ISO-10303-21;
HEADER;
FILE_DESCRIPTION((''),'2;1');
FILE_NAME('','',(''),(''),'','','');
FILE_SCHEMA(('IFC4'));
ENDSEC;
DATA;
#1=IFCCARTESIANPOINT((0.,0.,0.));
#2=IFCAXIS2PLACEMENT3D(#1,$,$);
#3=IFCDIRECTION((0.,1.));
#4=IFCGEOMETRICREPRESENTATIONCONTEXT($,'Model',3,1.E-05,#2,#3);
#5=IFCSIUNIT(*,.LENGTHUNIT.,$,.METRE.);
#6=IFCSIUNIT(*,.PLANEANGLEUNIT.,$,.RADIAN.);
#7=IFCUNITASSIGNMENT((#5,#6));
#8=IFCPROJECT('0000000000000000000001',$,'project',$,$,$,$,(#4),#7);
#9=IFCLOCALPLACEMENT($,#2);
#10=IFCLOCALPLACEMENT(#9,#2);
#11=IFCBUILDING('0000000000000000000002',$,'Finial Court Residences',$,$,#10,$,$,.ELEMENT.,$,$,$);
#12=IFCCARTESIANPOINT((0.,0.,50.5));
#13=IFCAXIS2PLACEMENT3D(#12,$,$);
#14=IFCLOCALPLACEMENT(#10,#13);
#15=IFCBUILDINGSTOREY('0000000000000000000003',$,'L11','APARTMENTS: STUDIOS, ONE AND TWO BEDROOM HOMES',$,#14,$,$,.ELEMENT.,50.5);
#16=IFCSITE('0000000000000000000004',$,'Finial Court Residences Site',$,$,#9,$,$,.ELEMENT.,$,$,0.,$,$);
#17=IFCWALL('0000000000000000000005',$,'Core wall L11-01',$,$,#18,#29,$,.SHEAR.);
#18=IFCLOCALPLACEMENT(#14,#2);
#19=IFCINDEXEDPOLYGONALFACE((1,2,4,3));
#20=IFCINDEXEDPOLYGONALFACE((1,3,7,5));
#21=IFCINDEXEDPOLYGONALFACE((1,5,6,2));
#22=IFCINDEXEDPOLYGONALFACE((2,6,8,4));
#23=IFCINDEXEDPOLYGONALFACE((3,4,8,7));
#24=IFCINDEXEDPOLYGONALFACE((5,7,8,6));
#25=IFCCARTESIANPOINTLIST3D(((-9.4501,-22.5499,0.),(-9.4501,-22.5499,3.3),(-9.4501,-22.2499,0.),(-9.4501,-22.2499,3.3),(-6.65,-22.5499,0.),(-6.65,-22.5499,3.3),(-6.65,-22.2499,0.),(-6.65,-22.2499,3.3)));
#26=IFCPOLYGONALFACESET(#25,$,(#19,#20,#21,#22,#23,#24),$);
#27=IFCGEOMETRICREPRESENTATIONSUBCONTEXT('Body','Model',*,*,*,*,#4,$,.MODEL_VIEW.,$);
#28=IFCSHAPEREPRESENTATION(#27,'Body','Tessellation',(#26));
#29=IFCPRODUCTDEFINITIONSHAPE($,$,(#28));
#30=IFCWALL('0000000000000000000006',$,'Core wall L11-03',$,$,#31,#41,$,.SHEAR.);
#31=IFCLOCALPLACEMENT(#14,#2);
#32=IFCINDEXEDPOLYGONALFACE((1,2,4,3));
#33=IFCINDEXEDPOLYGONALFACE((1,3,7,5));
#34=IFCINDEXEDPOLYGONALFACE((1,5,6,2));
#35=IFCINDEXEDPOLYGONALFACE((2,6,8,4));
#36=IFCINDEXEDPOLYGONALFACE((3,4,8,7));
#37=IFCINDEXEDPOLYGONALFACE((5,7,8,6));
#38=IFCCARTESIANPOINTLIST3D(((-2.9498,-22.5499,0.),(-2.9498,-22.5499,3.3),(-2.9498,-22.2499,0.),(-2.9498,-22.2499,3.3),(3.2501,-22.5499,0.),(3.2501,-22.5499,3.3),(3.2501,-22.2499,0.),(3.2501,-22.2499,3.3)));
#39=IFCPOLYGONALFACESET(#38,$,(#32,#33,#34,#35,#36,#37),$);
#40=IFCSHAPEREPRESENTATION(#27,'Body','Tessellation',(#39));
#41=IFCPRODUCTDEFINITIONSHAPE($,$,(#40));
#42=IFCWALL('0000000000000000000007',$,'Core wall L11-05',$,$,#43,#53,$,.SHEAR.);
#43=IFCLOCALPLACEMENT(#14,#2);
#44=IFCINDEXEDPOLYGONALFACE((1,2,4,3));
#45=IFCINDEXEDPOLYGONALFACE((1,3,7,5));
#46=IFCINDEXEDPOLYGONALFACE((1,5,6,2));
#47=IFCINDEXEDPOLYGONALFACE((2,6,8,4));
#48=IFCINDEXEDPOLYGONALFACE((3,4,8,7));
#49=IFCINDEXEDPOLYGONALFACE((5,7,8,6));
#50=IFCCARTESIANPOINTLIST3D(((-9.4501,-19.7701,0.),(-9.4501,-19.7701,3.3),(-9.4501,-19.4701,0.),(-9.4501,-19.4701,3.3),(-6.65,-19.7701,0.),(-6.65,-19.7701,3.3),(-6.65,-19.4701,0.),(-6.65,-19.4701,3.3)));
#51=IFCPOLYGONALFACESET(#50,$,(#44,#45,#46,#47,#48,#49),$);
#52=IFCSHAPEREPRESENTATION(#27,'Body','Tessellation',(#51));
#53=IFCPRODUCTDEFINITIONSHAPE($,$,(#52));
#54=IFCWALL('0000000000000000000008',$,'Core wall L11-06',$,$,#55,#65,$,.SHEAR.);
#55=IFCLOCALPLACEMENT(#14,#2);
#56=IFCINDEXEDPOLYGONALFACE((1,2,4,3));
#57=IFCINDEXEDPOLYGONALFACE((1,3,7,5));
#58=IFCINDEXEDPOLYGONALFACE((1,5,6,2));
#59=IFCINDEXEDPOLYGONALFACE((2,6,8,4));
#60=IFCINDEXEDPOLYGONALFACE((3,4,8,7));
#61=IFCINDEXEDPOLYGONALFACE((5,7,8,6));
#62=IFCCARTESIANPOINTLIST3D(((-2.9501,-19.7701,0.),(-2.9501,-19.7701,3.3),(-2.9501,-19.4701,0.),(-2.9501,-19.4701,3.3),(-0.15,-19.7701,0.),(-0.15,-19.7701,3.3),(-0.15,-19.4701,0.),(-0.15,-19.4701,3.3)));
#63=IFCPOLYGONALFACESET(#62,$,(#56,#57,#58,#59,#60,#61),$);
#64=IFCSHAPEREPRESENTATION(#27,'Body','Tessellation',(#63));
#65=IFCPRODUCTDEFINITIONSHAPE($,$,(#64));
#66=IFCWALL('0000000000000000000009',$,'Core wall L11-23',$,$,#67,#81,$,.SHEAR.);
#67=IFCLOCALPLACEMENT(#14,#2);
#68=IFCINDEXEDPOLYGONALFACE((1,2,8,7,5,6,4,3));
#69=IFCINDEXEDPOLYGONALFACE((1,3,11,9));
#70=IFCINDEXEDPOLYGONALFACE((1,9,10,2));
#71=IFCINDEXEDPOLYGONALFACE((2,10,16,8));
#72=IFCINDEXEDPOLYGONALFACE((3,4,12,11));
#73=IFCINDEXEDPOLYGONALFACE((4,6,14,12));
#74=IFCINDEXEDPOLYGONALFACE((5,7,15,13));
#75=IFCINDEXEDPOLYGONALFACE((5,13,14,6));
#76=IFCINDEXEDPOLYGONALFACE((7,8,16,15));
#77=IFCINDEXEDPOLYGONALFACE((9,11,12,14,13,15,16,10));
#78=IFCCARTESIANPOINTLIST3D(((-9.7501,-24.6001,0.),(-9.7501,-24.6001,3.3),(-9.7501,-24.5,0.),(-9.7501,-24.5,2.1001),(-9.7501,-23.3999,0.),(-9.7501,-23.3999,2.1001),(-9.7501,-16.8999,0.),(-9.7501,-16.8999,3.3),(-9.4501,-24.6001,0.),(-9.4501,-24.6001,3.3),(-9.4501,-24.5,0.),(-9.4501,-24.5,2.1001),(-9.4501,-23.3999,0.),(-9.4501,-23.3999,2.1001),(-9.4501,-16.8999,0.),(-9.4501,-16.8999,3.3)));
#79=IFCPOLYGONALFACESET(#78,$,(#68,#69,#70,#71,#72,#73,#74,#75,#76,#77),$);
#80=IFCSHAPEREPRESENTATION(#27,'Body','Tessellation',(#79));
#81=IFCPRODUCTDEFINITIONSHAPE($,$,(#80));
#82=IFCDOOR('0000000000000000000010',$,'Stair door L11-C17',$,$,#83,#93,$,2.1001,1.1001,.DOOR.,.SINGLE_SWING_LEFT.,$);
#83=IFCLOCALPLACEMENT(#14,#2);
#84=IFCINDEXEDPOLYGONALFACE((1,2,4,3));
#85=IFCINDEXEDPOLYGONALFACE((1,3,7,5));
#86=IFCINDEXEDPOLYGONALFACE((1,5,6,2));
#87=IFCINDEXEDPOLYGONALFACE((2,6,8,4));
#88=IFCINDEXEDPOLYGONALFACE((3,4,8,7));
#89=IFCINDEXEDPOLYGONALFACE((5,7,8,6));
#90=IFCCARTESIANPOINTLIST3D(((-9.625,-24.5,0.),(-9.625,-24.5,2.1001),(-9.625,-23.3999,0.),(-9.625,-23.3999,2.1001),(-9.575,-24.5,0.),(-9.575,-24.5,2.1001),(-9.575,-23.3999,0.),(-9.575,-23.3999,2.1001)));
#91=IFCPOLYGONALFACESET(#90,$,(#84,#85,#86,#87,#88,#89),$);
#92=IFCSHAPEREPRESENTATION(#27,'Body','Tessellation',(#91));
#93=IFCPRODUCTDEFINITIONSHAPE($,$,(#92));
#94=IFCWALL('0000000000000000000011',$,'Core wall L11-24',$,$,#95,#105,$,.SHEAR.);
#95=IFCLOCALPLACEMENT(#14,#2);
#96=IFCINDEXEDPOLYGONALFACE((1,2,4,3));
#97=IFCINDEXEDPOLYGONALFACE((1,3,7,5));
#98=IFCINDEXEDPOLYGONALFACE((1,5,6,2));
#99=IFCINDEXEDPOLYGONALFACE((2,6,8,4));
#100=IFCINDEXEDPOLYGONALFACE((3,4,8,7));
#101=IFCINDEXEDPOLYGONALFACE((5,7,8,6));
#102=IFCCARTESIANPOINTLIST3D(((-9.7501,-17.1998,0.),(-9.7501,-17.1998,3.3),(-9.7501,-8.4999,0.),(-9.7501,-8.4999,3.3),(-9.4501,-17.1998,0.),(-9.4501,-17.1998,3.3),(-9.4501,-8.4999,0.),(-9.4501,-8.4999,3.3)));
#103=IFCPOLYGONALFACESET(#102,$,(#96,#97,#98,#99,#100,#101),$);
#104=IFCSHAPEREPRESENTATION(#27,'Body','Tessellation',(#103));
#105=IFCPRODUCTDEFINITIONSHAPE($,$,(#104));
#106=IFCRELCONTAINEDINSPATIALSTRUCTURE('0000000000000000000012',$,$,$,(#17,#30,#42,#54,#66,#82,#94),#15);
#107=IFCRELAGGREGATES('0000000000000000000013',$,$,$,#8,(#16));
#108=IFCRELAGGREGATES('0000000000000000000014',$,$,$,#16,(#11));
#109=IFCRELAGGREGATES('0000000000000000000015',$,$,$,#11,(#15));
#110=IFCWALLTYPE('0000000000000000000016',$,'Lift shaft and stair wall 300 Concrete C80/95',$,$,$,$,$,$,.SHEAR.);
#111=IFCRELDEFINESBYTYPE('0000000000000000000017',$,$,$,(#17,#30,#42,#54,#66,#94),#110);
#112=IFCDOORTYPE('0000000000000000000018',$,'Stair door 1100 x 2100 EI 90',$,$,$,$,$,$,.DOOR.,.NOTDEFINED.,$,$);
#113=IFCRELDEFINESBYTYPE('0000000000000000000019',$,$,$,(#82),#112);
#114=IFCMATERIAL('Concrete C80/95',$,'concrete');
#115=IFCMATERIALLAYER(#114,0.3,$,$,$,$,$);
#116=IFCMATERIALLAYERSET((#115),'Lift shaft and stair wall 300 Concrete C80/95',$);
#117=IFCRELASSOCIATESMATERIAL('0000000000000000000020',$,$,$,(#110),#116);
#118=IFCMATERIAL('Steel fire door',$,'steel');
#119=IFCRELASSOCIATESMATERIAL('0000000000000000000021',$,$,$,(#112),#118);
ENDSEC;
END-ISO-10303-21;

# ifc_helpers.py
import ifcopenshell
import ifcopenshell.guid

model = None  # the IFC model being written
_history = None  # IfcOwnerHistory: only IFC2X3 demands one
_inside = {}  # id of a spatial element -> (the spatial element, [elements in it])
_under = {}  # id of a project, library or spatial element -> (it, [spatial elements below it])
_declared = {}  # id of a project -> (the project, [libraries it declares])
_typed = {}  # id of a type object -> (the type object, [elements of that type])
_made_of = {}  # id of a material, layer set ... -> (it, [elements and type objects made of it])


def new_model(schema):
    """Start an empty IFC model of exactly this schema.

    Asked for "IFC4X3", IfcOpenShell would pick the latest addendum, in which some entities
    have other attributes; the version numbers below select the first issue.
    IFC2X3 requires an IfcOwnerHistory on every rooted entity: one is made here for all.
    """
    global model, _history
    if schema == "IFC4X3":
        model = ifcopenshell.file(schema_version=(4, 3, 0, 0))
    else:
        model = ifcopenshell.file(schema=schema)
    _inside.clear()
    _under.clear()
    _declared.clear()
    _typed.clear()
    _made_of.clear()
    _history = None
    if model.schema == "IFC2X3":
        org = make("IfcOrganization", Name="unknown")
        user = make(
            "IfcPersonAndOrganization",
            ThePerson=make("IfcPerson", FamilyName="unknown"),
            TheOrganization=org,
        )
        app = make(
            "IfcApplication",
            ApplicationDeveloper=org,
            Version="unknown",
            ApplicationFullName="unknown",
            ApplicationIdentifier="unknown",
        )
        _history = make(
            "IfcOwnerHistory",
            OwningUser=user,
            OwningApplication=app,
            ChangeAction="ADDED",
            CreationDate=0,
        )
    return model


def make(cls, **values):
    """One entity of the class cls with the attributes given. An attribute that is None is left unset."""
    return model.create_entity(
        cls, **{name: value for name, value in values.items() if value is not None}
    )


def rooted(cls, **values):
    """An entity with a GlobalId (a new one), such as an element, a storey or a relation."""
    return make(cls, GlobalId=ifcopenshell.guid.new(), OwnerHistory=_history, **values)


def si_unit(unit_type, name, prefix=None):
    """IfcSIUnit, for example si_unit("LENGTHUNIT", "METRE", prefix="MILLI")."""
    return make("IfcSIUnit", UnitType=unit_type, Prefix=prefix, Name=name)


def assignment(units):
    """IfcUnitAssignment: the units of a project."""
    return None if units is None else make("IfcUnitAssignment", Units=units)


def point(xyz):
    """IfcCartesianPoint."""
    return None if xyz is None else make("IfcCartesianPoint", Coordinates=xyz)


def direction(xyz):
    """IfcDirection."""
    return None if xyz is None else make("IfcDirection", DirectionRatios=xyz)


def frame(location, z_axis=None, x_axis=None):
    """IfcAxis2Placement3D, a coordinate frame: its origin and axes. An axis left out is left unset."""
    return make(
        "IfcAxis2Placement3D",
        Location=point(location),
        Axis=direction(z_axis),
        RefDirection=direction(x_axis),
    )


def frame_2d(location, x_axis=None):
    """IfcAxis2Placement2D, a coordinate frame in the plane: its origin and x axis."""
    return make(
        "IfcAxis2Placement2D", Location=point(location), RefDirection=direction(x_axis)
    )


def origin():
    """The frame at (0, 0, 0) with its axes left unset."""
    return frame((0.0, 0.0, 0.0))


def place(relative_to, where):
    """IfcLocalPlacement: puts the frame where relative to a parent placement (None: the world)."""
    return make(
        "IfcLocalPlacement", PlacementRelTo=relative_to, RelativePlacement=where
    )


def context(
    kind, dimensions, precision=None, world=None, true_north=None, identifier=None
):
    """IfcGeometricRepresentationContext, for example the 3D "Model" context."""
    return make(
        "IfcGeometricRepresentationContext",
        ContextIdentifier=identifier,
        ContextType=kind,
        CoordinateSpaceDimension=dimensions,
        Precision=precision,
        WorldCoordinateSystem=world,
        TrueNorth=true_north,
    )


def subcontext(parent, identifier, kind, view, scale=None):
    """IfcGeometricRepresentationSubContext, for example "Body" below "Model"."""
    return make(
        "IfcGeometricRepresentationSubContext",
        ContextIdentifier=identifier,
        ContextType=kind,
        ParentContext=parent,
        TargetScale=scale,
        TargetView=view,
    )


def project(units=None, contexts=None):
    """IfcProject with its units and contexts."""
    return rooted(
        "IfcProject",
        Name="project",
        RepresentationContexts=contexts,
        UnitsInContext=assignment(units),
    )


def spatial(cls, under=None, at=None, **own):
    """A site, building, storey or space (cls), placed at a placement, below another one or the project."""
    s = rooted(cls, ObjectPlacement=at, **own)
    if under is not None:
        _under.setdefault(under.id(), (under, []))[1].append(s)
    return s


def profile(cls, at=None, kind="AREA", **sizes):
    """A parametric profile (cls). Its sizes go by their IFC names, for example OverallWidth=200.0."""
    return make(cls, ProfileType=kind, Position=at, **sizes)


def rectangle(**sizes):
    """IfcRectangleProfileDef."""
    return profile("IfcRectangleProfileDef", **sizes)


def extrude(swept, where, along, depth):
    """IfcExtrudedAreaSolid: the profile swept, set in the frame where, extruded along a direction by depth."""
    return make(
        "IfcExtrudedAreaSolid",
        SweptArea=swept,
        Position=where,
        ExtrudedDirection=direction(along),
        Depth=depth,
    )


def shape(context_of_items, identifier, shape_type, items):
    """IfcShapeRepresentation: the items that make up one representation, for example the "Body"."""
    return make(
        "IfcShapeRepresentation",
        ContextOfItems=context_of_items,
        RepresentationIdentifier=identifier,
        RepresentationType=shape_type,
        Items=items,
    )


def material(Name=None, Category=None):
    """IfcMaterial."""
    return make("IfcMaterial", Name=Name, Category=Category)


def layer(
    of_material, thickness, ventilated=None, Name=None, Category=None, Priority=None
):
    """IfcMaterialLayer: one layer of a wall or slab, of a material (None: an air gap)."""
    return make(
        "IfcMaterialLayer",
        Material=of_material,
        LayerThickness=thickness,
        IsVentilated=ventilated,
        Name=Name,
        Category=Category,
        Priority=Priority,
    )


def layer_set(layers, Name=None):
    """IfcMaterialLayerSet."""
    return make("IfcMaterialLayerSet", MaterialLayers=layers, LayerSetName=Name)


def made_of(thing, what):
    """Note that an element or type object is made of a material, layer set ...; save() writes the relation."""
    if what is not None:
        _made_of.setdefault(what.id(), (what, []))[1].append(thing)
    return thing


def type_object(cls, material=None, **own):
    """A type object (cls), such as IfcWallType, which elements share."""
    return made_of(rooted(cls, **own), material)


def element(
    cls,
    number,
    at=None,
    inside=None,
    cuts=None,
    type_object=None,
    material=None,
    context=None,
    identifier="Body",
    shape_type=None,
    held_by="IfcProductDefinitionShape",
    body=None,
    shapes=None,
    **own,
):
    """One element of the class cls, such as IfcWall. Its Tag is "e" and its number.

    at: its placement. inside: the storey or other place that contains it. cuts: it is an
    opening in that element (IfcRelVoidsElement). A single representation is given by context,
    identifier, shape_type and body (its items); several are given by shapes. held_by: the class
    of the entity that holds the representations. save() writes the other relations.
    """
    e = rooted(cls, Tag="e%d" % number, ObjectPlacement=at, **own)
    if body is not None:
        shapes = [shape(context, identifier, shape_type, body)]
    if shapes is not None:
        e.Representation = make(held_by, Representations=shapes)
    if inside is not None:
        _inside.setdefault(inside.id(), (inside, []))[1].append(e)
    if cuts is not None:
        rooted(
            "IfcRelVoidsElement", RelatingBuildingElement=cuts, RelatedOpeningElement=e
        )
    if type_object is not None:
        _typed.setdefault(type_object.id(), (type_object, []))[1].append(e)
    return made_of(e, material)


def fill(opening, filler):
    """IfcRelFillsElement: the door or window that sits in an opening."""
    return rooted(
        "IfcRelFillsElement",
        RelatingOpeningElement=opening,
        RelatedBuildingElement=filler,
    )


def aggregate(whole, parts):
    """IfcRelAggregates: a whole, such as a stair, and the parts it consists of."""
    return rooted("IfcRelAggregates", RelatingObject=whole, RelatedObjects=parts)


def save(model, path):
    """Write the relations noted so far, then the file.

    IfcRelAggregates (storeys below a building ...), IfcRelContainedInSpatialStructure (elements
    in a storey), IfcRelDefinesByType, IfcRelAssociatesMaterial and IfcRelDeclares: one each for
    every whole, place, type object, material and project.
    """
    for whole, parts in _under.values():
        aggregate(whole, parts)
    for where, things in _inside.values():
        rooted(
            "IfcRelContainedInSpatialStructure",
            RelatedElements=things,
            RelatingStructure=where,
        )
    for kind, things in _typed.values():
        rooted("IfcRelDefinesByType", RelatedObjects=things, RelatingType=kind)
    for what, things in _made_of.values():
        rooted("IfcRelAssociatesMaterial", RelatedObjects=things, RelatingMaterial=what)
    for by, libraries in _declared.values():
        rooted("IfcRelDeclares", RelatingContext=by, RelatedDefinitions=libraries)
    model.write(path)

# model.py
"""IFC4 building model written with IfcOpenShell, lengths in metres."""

from ifc_helpers import new_model, si_unit, direction, frame, frame_2d, origin, place, context, subcontext, project, spatial, rectangle, extrude, material, layer, layer_set, type_object, element, fill, save


model = new_model("IFC4")

# Units and contexts
model_context = context("Model", 3, precision=1e-05, world=origin(), true_north=direction((0.0, 1.0)))
body_context = subcontext(model_context, "Body", "Model", "MODEL_VIEW")
ifc_project = project(units=[si_unit("LENGTHUNIT", "METRE"), si_unit("PLANEANGLEUNIT", "RADIAN")], contexts=[model_context])

# Site, building, storey
site_placement = place(None, origin())
site = spatial("IfcSite", under=ifc_project, at=site_placement, Name="Finial Court Residences Site", CompositionType="ELEMENT", RefElevation=0.0)
building_placement = place(site_placement, origin())
building = spatial("IfcBuilding", under=site, at=building_placement, Name="Finial Court Residences", CompositionType="ELEMENT")
storey_placement = place(building_placement, frame((0.0, 0.0, 50.5)))
storey = spatial("IfcBuildingStorey", under=building, at=storey_placement, Name="L11", Description="APARTMENTS: STUDIOS, ONE AND TWO BEDROOM HOMES", CompositionType="ELEMENT", Elevation=50.5)

# Walls
ifc_material_1 = material(Name="Concrete C80/95", Category="concrete")
ifc_layer_1 = layer(ifc_material_1, 0.3)
ifc_layer_set_1 = layer_set([ifc_layer_1], Name="Lift shaft and stair wall 300 Concrete C80/95")
wall_type_1 = type_object("IfcWallType", Name="Lift shaft and stair wall 300 Concrete C80/95", PredefinedType="SHEAR", material=ifc_layer_set_1)
wall_1_placement = place(storey_placement, frame((-9.45, -22.3999, 0.0), z_axis=(0.0, 0.0, 1.0), x_axis=(1.0, 0.0, 0.0)))
element("IfcWall", 1, at=wall_1_placement, inside=storey, type_object=wall_type_1, Name="Core wall L11-01", PredefinedType="SHEAR", context=body_context, shape_type="SweptSolid", body=[
    extrude(rectangle(XDim=2.8, YDim=0.3, at=frame_2d((1.3999, 0.0))), origin(), (0.0, 0.0, 1.0), 3.3),
])
wall_2_placement = place(storey_placement, frame((-2.95, -22.3999, 0.0), z_axis=(0.0, 0.0, 1.0), x_axis=(1.0, 0.0, 0.0)))
element("IfcWall", 2, at=wall_2_placement, inside=storey, type_object=wall_type_1, Name="Core wall L11-03", PredefinedType="SHEAR", context=body_context, shape_type="SweptSolid", body=[
    extrude(rectangle(XDim=6.2, YDim=0.3, at=frame_2d((3.1001, 0.0))), origin(), (0.0, 0.0, 1.0), 3.3),
])
for number, where, z_axis, x_axis, name in (
    (3, (-9.45, -19.6201, 0.0), (0.0, 0.0, 1.0), (1.0, 0.0, 0.0), "Core wall L11-05"),
    (4, (-2.95, -19.6201, 0.0), (0.0, 0.0, 1.0), (1.0, 0.0, 0.0), "Core wall L11-06"),
):
    element("IfcWall", number, at=place(storey_placement, frame(where, z_axis=z_axis, x_axis=x_axis)), inside=storey, type_object=wall_type_1, Name=name, PredefinedType="SHEAR", context=body_context, shape_type="SweptSolid", body=[
        extrude(rectangle(XDim=2.8, YDim=0.3, at=frame_2d((1.3999, 0.0))), origin(), (0.0, 0.0, 1.0), 3.3),
    ])

# Wall, opening, door
wall_3_placement = place(storey_placement, frame((-9.6001, -24.6001, 0.0), z_axis=(0.0, 0.0, 1.0), x_axis=(0.0, 1.0, 0.0)))
wall_3 = element("IfcWall", 5, at=wall_3_placement, inside=storey, type_object=wall_type_1, Name="Core wall L11-23", PredefinedType="SHEAR", context=body_context, shape_type="SweptSolid", body=[
    extrude(rectangle(XDim=7.7002, YDim=0.3, at=frame_2d((3.8501, 0.0))), origin(), (0.0, 0.0, 1.0), 3.3),
])
opening_1_placement = place(wall_3_placement, frame((0.1001, 0.0, 0.0)))
opening_1 = element("IfcOpeningElement", 6, at=opening_1_placement, cuts=wall_3, PredefinedType="OPENING", context=body_context, shape_type="SweptSolid", body=[
    extrude(rectangle(XDim=1.1001, YDim=2.1001, at=frame_2d((0.55, 1.05))), frame((0.0, 0.1599, 0.0), z_axis=(0.0, -1.0, 0.0), x_axis=(1.0, 0.0, 0.0)), (0.0, 0.0, 1.0), 0.3201),
])
ifc_material_2 = material(Name="Steel fire door", Category="steel")
door_type_1 = type_object("IfcDoorType", Name="Stair door 1100 x 2100 EI 90", OperationType="NOTDEFINED", PredefinedType="DOOR", material=ifc_material_2)
door_1_placement = place(opening_1_placement, origin())
door_1 = element("IfcDoor", 7, at=door_1_placement, inside=storey, type_object=door_type_1, Name="Stair door L11-C17", OperationType="SINGLE_SWING_LEFT", OverallHeight=2.1001, OverallWidth=1.1001, PredefinedType="DOOR", context=body_context, shape_type="SweptSolid", body=[
    extrude(rectangle(XDim=1.1001, YDim=2.1001, at=frame_2d((0.55, 1.05))), frame((0.0, 0.0249, 0.0), z_axis=(0.0, -1.0, 0.0), x_axis=(1.0, 0.0, 0.0)), (0.0, 0.0, 1.0), 0.05),
])
fill(opening_1, door_1)

# Wall
wall_4_placement = place(storey_placement, frame((-9.6001, -17.2, 0.0), z_axis=(0.0, 0.0, 1.0), x_axis=(0.0, 1.0, 0.0)))
element("IfcWall", 8, at=wall_4_placement, inside=storey, type_object=wall_type_1, Name="Core wall L11-24", PredefinedType="SHEAR", context=body_context, shape_type="SweptSolid", body=[
    extrude(rectangle(XDim=8.7, YDim=0.3, at=frame_2d((4.3501, 0.0))), origin(), (0.0, 0.0, 1.0), 3.3),
])

save(model, "model.ifc")
